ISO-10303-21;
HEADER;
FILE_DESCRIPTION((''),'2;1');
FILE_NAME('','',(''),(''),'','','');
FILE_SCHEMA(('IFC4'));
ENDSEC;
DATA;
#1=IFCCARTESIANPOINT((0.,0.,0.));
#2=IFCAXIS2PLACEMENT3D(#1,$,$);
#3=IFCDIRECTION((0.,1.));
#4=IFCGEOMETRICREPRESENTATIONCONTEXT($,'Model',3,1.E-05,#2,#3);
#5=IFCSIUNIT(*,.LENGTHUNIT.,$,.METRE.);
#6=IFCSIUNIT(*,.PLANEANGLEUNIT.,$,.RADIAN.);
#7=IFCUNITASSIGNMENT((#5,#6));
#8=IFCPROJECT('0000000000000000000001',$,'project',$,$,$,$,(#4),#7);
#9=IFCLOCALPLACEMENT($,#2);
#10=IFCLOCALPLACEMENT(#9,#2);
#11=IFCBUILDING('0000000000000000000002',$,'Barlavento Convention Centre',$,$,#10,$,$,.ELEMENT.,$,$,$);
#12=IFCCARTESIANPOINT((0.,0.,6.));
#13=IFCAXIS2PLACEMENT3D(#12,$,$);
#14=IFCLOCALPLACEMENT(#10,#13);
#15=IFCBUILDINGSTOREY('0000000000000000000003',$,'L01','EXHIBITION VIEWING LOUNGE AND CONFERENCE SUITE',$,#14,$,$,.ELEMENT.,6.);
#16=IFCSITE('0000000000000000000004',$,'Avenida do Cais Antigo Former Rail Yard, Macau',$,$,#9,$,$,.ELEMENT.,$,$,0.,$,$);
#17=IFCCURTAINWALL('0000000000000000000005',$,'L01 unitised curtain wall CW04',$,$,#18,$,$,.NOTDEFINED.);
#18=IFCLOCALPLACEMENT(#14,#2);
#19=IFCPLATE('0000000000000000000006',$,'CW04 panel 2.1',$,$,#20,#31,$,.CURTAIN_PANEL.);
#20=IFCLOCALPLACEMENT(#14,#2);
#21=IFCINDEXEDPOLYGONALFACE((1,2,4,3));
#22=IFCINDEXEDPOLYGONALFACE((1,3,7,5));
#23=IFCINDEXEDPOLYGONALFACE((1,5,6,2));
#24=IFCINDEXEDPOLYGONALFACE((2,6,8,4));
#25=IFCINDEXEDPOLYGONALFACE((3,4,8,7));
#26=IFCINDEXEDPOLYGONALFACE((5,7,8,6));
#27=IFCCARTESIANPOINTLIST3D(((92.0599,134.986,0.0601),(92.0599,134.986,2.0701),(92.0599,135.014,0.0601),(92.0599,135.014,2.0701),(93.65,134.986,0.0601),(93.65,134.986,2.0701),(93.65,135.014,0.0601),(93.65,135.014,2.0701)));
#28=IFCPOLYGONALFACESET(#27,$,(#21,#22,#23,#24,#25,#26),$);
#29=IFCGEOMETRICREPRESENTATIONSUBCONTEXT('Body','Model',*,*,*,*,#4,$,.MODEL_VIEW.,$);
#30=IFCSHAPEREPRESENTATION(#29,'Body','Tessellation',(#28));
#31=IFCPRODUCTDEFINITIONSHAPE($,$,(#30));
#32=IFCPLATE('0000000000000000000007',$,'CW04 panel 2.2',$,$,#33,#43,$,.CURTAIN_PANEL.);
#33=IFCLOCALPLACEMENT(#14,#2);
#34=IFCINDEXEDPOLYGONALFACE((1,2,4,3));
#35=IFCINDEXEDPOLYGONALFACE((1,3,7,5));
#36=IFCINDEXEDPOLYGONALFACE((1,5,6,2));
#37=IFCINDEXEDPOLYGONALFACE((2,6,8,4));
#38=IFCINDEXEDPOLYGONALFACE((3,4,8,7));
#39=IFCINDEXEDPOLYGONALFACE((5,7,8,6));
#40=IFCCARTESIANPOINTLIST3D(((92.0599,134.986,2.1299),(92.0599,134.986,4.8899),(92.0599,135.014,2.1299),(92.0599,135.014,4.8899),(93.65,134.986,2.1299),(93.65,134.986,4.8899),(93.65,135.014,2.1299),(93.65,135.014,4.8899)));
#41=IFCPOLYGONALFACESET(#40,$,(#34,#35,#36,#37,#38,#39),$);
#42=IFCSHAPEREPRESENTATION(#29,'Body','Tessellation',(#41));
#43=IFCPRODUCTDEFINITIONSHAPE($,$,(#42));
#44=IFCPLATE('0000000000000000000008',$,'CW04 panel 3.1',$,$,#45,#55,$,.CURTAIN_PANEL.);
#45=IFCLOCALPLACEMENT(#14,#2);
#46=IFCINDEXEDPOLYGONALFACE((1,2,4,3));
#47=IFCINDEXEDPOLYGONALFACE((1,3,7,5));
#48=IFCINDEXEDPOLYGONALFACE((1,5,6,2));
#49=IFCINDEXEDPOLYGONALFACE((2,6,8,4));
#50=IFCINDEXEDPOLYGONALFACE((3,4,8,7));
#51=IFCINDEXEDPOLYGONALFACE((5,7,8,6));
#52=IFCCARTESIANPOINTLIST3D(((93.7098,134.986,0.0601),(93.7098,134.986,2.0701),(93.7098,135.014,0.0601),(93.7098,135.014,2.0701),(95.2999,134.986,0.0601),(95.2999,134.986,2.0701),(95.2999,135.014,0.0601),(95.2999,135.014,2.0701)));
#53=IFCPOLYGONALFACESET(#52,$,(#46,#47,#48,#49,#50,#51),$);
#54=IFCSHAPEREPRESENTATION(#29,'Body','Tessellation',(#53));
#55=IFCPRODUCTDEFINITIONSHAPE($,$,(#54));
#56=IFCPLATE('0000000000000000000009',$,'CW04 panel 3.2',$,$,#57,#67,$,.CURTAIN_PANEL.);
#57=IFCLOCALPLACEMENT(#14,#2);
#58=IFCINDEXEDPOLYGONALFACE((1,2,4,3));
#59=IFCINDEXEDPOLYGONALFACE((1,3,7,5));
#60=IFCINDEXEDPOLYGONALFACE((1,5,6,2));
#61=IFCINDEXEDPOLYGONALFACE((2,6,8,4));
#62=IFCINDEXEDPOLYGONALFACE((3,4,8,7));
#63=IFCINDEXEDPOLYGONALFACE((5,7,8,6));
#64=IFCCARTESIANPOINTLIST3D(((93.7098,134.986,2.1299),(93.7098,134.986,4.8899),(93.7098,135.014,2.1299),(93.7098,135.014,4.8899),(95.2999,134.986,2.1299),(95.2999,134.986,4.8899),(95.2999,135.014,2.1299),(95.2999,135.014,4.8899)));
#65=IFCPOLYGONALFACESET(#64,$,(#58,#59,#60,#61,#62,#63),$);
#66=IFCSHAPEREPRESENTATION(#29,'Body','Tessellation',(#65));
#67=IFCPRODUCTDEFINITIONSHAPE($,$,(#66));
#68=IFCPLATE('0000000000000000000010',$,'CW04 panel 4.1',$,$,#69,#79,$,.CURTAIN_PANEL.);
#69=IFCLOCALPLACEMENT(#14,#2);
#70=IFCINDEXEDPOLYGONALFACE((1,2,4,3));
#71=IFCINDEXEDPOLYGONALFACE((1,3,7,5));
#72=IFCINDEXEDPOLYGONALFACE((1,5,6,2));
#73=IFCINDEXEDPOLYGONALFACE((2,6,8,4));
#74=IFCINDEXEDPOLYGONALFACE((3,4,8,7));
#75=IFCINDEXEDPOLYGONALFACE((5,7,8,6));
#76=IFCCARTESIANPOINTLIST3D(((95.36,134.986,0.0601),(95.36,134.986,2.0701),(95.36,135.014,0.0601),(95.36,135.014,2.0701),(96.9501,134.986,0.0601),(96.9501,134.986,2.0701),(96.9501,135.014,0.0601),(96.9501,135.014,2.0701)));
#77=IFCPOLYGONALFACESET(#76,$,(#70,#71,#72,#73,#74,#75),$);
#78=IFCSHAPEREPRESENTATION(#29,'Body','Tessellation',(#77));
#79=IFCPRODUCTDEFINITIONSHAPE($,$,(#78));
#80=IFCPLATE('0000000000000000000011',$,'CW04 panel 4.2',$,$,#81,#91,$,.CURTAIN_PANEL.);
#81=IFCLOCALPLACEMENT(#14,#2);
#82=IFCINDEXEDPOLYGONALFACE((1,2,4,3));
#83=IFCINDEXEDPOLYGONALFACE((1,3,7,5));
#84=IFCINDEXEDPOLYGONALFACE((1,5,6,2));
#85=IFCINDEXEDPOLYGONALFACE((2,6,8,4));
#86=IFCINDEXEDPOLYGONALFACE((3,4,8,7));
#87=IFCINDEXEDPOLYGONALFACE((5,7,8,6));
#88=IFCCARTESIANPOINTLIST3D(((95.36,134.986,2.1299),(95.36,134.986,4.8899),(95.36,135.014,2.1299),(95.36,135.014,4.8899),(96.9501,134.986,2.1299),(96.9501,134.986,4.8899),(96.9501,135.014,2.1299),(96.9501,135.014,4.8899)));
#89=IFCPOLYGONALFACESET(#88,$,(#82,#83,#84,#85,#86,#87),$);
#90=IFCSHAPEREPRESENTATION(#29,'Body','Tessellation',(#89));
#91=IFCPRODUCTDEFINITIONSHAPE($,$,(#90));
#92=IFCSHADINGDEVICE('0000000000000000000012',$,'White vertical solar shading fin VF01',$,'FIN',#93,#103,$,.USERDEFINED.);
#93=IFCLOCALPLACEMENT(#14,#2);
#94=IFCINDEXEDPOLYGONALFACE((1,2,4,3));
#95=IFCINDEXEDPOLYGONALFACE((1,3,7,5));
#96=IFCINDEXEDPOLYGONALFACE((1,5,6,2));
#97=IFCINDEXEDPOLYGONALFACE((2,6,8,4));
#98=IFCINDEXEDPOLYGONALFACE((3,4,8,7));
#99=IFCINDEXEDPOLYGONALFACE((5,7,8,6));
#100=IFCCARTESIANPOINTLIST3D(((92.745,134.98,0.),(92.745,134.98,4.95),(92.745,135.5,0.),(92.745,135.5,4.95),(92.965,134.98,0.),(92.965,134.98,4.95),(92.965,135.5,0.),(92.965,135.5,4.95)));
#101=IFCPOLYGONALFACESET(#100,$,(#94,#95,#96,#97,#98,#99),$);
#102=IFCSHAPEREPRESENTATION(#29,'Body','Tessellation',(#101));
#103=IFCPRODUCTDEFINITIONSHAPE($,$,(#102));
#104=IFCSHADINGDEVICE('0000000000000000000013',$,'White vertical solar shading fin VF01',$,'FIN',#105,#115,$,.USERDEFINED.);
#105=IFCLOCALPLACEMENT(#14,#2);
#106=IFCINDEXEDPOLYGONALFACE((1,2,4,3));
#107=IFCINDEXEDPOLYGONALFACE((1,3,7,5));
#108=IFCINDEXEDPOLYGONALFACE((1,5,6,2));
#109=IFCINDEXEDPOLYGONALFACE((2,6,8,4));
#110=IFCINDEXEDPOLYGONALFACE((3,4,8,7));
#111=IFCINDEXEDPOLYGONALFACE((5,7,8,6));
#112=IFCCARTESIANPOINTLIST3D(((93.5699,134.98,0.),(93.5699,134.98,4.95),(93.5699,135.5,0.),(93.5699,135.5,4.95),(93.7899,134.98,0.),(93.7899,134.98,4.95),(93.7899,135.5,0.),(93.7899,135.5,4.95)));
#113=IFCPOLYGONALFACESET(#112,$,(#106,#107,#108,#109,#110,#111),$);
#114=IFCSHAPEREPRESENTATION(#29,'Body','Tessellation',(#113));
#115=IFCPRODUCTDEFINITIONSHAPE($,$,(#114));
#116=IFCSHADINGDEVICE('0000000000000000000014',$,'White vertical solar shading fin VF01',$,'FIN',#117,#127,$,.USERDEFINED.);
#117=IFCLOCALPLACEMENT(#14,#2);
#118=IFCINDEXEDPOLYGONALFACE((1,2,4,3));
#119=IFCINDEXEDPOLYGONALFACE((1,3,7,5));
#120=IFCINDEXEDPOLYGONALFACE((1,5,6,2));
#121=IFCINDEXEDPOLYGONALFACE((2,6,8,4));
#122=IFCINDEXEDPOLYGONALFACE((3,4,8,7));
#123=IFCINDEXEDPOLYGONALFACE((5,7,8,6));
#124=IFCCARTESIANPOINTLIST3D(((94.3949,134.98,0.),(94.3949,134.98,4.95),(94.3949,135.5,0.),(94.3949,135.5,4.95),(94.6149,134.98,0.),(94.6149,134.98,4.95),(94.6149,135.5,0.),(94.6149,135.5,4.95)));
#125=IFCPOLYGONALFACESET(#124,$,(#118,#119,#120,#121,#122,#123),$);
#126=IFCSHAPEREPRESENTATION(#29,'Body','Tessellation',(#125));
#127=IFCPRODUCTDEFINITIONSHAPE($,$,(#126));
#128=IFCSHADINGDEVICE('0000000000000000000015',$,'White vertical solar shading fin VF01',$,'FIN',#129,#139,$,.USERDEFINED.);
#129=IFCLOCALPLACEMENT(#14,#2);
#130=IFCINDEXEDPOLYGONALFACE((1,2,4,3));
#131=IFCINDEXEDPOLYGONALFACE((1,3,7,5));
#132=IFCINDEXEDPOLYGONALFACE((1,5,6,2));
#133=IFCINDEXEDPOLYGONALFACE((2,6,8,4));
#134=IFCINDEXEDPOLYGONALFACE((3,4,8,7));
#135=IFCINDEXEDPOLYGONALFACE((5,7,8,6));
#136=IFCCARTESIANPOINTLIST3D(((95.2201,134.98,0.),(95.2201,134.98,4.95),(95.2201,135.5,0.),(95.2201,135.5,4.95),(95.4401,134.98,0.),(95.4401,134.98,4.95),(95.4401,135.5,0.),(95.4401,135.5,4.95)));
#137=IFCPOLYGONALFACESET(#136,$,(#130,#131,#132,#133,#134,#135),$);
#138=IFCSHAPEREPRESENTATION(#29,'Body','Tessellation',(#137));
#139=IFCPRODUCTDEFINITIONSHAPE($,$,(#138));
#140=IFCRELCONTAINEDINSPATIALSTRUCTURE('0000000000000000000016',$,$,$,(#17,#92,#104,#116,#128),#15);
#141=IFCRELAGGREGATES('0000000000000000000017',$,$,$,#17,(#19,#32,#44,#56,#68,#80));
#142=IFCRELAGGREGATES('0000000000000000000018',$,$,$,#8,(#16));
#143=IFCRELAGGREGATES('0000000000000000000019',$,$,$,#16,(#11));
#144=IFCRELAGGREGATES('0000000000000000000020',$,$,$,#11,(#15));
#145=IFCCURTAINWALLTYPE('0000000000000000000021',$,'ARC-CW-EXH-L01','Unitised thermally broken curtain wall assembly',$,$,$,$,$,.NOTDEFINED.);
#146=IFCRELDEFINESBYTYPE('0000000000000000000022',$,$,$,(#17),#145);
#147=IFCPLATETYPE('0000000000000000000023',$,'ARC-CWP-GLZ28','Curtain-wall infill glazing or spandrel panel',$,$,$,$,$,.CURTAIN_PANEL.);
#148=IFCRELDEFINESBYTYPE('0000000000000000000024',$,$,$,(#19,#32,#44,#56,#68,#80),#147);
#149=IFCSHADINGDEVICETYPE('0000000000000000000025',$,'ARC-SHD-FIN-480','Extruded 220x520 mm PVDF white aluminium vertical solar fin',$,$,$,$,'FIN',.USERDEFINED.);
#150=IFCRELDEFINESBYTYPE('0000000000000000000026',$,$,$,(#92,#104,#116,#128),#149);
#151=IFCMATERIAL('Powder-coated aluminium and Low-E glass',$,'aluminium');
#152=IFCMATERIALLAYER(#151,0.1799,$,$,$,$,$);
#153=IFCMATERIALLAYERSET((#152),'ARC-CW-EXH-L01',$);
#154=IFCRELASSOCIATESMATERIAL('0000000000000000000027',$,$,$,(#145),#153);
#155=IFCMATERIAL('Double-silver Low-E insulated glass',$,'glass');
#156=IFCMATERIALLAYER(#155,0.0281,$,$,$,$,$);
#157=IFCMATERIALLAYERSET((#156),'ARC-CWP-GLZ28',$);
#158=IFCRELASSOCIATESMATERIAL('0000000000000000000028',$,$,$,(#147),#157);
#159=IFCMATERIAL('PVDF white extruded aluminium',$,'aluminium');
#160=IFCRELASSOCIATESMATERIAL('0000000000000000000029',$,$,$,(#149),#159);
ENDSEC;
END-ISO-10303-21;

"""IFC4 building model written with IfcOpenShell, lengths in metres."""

from ifc_helpers import new_model, si_unit, direction, frame, origin, origin_2d, place, context, subcontext, project, spatial, rectangle, extrude, material, layer, layer_set, type_object, element, aggregate, save


model = new_model("IFC4")

# Units and contexts
model_context = context("Model", 3, precision=1e-05, world=origin(), true_north=direction((0.0, 1.0)))
body_context = subcontext(model_context, "Body", "Model", "MODEL_VIEW")
ifc_project = project(units=[si_unit("LENGTHUNIT", "METRE"), si_unit("PLANEANGLEUNIT", "RADIAN")], contexts=[model_context])

# Site, building, storey
site_placement = place(None, origin())
site = spatial("IfcSite", under=ifc_project, at=site_placement, Name="Avenida do Cais Antigo Former Rail Yard, Macau", CompositionType="ELEMENT", RefElevation=0.0)
building_placement = place(site_placement, origin())
building = spatial("IfcBuilding", under=site, at=building_placement, Name="Barlavento Convention Centre", CompositionType="ELEMENT")
storey_placement = place(building_placement, frame((0.0, 0.0, 6.0)))
storey = spatial("IfcBuildingStorey", under=building, at=storey_placement, Name="L01", Description="EXHIBITION VIEWING LOUNGE AND CONFERENCE SUITE", CompositionType="ELEMENT", Elevation=6.0)

# Curtain wall, plates
ifc_material_1 = material(Name="Powder-coated aluminium and Low-E glass", Category="aluminium")
ifc_layer_1 = layer(ifc_material_1, 0.1799)
ifc_layer_set_1 = layer_set([ifc_layer_1], Name="ARC-CW-EXH-L01")
curtain_wall_type = type_object("IfcCurtainWallType", Name="ARC-CW-EXH-L01", Description="Unitised thermally broken curtain wall assembly", PredefinedType="NOTDEFINED", material=ifc_layer_set_1)
curtain_wall_placement = place(storey_placement, origin())
curtain_wall = element("IfcCurtainWall", 1, at=curtain_wall_placement, inside=storey, type_object=curtain_wall_type, Name="L01 unitised curtain wall CW04", PredefinedType="NOTDEFINED")
ifc_material_2 = material(Name="Double-silver Low-E insulated glass", Category="glass")
ifc_layer_2 = layer(ifc_material_2, 0.0281)
ifc_layer_set_2 = layer_set([ifc_layer_2], Name="ARC-CWP-GLZ28")
plate_type = type_object("IfcPlateType", Name="ARC-CWP-GLZ28", Description="Curtain-wall infill glazing or spandrel panel", PredefinedType="CURTAIN_PANEL", material=ifc_layer_set_2)
plate_1_placement = place(storey_placement, frame((92.855, 135.0, 0.0601), z_axis=(0.0, 0.0, 1.0), x_axis=(1.0, 0.0, 0.0)))
plate_1 = element("IfcPlate", 2, at=plate_1_placement, type_object=plate_type, Name="CW04 panel 2.1", PredefinedType="CURTAIN_PANEL", context=body_context, shape_type="SweptSolid", body=[
    extrude(rectangle(XDim=1.5901, YDim=0.0281, at=origin_2d()), origin(), (0.0, 0.0, 1.0), 2.01),
])
plate_2_placement = place(storey_placement, frame((92.855, 135.0, 2.1299), z_axis=(0.0, 0.0, 1.0), x_axis=(1.0, 0.0, 0.0)))
plate_2 = element("IfcPlate", 3, at=plate_2_placement, type_object=plate_type, Name="CW04 panel 2.2", PredefinedType="CURTAIN_PANEL", context=body_context, shape_type="SweptSolid", body=[
    extrude(rectangle(XDim=1.5901, YDim=0.0281, at=origin_2d()), origin(), (0.0, 0.0, 1.0), 2.76),
])
plate_3_placement = place(storey_placement, frame((94.5049, 135.0, 0.0601), z_axis=(0.0, 0.0, 1.0), x_axis=(1.0, 0.0, 0.0)))
plate_3 = element("IfcPlate", 4, at=plate_3_placement, type_object=plate_type, Name="CW04 panel 3.1", PredefinedType="CURTAIN_PANEL", context=body_context, shape_type="SweptSolid", body=[
    extrude(rectangle(XDim=1.5901, YDim=0.0281, at=origin_2d()), origin(), (0.0, 0.0, 1.0), 2.01),
])
plate_4_placement = place(storey_placement, frame((94.5049, 135.0, 2.1299), z_axis=(0.0, 0.0, 1.0), x_axis=(1.0, 0.0, 0.0)))
plate_4 = element("IfcPlate", 5, at=plate_4_placement, type_object=plate_type, Name="CW04 panel 3.2", PredefinedType="CURTAIN_PANEL", context=body_context, shape_type="SweptSolid", body=[
    extrude(rectangle(XDim=1.5901, YDim=0.0281, at=origin_2d()), origin(), (0.0, 0.0, 1.0), 2.76),
])
plate_5_placement = place(storey_placement, frame((96.155, 135.0, 0.0601), z_axis=(0.0, 0.0, 1.0), x_axis=(1.0, 0.0, 0.0)))
plate_5 = element("IfcPlate", 6, at=plate_5_placement, type_object=plate_type, Name="CW04 panel 4.1", PredefinedType="CURTAIN_PANEL", context=body_context, shape_type="SweptSolid", body=[
    extrude(rectangle(XDim=1.5901, YDim=0.0281, at=origin_2d()), origin(), (0.0, 0.0, 1.0), 2.01),
])
plate_6_placement = place(storey_placement, frame((96.155, 135.0, 2.1299), z_axis=(0.0, 0.0, 1.0), x_axis=(1.0, 0.0, 0.0)))
plate_6 = element("IfcPlate", 7, at=plate_6_placement, type_object=plate_type, Name="CW04 panel 4.2", PredefinedType="CURTAIN_PANEL", context=body_context, shape_type="SweptSolid", body=[
    extrude(rectangle(XDim=1.5901, YDim=0.0281, at=origin_2d()), origin(), (0.0, 0.0, 1.0), 2.76),
])
aggregate(curtain_wall, [plate_1, plate_2, plate_3, plate_4, plate_5, plate_6])

# Shading devices
ifc_material_3 = material(Name="PVDF white extruded aluminium", Category="aluminium")
shading_device_type = type_object("IfcShadingDeviceType", Name="ARC-SHD-FIN-480", Description="Extruded 220x520 mm PVDF white aluminium vertical solar fin", ElementType="FIN", PredefinedType="USERDEFINED", material=ifc_material_3)
for number, where, z_axis, x_axis, name in (
    (8, (92.855, 135.24, 0.0), (0.0, 0.0, 1.0), (1.0, 0.0, 0.0), "White vertical solar shading fin VF01"),
    (9, (93.6799, 135.24, 0.0), (0.0, 0.0, 1.0), (1.0, 0.0, 0.0), "White vertical solar shading fin VF01"),
    (10, (94.5049, 135.24, 0.0), (0.0, 0.0, 1.0), (1.0, 0.0, 0.0), "White vertical solar shading fin VF01"),
    (11, (95.3301, 135.24, 0.0), (0.0, 0.0, 1.0), (1.0, 0.0, 0.0), "White vertical solar shading fin VF01"),
):
    element("IfcShadingDevice", number, at=place(storey_placement, frame(where, z_axis=z_axis, x_axis=x_axis)), inside=storey, type_object=shading_device_type, Name=name, ObjectType="FIN", PredefinedType="USERDEFINED", context=body_context, shape_type="SweptSolid", body=[
        extrude(rectangle(XDim=0.22, YDim=0.52, at=origin_2d()), origin(), (0.0, 0.0, 1.0), 4.95),
    ])

save(model, "model.ifc")
